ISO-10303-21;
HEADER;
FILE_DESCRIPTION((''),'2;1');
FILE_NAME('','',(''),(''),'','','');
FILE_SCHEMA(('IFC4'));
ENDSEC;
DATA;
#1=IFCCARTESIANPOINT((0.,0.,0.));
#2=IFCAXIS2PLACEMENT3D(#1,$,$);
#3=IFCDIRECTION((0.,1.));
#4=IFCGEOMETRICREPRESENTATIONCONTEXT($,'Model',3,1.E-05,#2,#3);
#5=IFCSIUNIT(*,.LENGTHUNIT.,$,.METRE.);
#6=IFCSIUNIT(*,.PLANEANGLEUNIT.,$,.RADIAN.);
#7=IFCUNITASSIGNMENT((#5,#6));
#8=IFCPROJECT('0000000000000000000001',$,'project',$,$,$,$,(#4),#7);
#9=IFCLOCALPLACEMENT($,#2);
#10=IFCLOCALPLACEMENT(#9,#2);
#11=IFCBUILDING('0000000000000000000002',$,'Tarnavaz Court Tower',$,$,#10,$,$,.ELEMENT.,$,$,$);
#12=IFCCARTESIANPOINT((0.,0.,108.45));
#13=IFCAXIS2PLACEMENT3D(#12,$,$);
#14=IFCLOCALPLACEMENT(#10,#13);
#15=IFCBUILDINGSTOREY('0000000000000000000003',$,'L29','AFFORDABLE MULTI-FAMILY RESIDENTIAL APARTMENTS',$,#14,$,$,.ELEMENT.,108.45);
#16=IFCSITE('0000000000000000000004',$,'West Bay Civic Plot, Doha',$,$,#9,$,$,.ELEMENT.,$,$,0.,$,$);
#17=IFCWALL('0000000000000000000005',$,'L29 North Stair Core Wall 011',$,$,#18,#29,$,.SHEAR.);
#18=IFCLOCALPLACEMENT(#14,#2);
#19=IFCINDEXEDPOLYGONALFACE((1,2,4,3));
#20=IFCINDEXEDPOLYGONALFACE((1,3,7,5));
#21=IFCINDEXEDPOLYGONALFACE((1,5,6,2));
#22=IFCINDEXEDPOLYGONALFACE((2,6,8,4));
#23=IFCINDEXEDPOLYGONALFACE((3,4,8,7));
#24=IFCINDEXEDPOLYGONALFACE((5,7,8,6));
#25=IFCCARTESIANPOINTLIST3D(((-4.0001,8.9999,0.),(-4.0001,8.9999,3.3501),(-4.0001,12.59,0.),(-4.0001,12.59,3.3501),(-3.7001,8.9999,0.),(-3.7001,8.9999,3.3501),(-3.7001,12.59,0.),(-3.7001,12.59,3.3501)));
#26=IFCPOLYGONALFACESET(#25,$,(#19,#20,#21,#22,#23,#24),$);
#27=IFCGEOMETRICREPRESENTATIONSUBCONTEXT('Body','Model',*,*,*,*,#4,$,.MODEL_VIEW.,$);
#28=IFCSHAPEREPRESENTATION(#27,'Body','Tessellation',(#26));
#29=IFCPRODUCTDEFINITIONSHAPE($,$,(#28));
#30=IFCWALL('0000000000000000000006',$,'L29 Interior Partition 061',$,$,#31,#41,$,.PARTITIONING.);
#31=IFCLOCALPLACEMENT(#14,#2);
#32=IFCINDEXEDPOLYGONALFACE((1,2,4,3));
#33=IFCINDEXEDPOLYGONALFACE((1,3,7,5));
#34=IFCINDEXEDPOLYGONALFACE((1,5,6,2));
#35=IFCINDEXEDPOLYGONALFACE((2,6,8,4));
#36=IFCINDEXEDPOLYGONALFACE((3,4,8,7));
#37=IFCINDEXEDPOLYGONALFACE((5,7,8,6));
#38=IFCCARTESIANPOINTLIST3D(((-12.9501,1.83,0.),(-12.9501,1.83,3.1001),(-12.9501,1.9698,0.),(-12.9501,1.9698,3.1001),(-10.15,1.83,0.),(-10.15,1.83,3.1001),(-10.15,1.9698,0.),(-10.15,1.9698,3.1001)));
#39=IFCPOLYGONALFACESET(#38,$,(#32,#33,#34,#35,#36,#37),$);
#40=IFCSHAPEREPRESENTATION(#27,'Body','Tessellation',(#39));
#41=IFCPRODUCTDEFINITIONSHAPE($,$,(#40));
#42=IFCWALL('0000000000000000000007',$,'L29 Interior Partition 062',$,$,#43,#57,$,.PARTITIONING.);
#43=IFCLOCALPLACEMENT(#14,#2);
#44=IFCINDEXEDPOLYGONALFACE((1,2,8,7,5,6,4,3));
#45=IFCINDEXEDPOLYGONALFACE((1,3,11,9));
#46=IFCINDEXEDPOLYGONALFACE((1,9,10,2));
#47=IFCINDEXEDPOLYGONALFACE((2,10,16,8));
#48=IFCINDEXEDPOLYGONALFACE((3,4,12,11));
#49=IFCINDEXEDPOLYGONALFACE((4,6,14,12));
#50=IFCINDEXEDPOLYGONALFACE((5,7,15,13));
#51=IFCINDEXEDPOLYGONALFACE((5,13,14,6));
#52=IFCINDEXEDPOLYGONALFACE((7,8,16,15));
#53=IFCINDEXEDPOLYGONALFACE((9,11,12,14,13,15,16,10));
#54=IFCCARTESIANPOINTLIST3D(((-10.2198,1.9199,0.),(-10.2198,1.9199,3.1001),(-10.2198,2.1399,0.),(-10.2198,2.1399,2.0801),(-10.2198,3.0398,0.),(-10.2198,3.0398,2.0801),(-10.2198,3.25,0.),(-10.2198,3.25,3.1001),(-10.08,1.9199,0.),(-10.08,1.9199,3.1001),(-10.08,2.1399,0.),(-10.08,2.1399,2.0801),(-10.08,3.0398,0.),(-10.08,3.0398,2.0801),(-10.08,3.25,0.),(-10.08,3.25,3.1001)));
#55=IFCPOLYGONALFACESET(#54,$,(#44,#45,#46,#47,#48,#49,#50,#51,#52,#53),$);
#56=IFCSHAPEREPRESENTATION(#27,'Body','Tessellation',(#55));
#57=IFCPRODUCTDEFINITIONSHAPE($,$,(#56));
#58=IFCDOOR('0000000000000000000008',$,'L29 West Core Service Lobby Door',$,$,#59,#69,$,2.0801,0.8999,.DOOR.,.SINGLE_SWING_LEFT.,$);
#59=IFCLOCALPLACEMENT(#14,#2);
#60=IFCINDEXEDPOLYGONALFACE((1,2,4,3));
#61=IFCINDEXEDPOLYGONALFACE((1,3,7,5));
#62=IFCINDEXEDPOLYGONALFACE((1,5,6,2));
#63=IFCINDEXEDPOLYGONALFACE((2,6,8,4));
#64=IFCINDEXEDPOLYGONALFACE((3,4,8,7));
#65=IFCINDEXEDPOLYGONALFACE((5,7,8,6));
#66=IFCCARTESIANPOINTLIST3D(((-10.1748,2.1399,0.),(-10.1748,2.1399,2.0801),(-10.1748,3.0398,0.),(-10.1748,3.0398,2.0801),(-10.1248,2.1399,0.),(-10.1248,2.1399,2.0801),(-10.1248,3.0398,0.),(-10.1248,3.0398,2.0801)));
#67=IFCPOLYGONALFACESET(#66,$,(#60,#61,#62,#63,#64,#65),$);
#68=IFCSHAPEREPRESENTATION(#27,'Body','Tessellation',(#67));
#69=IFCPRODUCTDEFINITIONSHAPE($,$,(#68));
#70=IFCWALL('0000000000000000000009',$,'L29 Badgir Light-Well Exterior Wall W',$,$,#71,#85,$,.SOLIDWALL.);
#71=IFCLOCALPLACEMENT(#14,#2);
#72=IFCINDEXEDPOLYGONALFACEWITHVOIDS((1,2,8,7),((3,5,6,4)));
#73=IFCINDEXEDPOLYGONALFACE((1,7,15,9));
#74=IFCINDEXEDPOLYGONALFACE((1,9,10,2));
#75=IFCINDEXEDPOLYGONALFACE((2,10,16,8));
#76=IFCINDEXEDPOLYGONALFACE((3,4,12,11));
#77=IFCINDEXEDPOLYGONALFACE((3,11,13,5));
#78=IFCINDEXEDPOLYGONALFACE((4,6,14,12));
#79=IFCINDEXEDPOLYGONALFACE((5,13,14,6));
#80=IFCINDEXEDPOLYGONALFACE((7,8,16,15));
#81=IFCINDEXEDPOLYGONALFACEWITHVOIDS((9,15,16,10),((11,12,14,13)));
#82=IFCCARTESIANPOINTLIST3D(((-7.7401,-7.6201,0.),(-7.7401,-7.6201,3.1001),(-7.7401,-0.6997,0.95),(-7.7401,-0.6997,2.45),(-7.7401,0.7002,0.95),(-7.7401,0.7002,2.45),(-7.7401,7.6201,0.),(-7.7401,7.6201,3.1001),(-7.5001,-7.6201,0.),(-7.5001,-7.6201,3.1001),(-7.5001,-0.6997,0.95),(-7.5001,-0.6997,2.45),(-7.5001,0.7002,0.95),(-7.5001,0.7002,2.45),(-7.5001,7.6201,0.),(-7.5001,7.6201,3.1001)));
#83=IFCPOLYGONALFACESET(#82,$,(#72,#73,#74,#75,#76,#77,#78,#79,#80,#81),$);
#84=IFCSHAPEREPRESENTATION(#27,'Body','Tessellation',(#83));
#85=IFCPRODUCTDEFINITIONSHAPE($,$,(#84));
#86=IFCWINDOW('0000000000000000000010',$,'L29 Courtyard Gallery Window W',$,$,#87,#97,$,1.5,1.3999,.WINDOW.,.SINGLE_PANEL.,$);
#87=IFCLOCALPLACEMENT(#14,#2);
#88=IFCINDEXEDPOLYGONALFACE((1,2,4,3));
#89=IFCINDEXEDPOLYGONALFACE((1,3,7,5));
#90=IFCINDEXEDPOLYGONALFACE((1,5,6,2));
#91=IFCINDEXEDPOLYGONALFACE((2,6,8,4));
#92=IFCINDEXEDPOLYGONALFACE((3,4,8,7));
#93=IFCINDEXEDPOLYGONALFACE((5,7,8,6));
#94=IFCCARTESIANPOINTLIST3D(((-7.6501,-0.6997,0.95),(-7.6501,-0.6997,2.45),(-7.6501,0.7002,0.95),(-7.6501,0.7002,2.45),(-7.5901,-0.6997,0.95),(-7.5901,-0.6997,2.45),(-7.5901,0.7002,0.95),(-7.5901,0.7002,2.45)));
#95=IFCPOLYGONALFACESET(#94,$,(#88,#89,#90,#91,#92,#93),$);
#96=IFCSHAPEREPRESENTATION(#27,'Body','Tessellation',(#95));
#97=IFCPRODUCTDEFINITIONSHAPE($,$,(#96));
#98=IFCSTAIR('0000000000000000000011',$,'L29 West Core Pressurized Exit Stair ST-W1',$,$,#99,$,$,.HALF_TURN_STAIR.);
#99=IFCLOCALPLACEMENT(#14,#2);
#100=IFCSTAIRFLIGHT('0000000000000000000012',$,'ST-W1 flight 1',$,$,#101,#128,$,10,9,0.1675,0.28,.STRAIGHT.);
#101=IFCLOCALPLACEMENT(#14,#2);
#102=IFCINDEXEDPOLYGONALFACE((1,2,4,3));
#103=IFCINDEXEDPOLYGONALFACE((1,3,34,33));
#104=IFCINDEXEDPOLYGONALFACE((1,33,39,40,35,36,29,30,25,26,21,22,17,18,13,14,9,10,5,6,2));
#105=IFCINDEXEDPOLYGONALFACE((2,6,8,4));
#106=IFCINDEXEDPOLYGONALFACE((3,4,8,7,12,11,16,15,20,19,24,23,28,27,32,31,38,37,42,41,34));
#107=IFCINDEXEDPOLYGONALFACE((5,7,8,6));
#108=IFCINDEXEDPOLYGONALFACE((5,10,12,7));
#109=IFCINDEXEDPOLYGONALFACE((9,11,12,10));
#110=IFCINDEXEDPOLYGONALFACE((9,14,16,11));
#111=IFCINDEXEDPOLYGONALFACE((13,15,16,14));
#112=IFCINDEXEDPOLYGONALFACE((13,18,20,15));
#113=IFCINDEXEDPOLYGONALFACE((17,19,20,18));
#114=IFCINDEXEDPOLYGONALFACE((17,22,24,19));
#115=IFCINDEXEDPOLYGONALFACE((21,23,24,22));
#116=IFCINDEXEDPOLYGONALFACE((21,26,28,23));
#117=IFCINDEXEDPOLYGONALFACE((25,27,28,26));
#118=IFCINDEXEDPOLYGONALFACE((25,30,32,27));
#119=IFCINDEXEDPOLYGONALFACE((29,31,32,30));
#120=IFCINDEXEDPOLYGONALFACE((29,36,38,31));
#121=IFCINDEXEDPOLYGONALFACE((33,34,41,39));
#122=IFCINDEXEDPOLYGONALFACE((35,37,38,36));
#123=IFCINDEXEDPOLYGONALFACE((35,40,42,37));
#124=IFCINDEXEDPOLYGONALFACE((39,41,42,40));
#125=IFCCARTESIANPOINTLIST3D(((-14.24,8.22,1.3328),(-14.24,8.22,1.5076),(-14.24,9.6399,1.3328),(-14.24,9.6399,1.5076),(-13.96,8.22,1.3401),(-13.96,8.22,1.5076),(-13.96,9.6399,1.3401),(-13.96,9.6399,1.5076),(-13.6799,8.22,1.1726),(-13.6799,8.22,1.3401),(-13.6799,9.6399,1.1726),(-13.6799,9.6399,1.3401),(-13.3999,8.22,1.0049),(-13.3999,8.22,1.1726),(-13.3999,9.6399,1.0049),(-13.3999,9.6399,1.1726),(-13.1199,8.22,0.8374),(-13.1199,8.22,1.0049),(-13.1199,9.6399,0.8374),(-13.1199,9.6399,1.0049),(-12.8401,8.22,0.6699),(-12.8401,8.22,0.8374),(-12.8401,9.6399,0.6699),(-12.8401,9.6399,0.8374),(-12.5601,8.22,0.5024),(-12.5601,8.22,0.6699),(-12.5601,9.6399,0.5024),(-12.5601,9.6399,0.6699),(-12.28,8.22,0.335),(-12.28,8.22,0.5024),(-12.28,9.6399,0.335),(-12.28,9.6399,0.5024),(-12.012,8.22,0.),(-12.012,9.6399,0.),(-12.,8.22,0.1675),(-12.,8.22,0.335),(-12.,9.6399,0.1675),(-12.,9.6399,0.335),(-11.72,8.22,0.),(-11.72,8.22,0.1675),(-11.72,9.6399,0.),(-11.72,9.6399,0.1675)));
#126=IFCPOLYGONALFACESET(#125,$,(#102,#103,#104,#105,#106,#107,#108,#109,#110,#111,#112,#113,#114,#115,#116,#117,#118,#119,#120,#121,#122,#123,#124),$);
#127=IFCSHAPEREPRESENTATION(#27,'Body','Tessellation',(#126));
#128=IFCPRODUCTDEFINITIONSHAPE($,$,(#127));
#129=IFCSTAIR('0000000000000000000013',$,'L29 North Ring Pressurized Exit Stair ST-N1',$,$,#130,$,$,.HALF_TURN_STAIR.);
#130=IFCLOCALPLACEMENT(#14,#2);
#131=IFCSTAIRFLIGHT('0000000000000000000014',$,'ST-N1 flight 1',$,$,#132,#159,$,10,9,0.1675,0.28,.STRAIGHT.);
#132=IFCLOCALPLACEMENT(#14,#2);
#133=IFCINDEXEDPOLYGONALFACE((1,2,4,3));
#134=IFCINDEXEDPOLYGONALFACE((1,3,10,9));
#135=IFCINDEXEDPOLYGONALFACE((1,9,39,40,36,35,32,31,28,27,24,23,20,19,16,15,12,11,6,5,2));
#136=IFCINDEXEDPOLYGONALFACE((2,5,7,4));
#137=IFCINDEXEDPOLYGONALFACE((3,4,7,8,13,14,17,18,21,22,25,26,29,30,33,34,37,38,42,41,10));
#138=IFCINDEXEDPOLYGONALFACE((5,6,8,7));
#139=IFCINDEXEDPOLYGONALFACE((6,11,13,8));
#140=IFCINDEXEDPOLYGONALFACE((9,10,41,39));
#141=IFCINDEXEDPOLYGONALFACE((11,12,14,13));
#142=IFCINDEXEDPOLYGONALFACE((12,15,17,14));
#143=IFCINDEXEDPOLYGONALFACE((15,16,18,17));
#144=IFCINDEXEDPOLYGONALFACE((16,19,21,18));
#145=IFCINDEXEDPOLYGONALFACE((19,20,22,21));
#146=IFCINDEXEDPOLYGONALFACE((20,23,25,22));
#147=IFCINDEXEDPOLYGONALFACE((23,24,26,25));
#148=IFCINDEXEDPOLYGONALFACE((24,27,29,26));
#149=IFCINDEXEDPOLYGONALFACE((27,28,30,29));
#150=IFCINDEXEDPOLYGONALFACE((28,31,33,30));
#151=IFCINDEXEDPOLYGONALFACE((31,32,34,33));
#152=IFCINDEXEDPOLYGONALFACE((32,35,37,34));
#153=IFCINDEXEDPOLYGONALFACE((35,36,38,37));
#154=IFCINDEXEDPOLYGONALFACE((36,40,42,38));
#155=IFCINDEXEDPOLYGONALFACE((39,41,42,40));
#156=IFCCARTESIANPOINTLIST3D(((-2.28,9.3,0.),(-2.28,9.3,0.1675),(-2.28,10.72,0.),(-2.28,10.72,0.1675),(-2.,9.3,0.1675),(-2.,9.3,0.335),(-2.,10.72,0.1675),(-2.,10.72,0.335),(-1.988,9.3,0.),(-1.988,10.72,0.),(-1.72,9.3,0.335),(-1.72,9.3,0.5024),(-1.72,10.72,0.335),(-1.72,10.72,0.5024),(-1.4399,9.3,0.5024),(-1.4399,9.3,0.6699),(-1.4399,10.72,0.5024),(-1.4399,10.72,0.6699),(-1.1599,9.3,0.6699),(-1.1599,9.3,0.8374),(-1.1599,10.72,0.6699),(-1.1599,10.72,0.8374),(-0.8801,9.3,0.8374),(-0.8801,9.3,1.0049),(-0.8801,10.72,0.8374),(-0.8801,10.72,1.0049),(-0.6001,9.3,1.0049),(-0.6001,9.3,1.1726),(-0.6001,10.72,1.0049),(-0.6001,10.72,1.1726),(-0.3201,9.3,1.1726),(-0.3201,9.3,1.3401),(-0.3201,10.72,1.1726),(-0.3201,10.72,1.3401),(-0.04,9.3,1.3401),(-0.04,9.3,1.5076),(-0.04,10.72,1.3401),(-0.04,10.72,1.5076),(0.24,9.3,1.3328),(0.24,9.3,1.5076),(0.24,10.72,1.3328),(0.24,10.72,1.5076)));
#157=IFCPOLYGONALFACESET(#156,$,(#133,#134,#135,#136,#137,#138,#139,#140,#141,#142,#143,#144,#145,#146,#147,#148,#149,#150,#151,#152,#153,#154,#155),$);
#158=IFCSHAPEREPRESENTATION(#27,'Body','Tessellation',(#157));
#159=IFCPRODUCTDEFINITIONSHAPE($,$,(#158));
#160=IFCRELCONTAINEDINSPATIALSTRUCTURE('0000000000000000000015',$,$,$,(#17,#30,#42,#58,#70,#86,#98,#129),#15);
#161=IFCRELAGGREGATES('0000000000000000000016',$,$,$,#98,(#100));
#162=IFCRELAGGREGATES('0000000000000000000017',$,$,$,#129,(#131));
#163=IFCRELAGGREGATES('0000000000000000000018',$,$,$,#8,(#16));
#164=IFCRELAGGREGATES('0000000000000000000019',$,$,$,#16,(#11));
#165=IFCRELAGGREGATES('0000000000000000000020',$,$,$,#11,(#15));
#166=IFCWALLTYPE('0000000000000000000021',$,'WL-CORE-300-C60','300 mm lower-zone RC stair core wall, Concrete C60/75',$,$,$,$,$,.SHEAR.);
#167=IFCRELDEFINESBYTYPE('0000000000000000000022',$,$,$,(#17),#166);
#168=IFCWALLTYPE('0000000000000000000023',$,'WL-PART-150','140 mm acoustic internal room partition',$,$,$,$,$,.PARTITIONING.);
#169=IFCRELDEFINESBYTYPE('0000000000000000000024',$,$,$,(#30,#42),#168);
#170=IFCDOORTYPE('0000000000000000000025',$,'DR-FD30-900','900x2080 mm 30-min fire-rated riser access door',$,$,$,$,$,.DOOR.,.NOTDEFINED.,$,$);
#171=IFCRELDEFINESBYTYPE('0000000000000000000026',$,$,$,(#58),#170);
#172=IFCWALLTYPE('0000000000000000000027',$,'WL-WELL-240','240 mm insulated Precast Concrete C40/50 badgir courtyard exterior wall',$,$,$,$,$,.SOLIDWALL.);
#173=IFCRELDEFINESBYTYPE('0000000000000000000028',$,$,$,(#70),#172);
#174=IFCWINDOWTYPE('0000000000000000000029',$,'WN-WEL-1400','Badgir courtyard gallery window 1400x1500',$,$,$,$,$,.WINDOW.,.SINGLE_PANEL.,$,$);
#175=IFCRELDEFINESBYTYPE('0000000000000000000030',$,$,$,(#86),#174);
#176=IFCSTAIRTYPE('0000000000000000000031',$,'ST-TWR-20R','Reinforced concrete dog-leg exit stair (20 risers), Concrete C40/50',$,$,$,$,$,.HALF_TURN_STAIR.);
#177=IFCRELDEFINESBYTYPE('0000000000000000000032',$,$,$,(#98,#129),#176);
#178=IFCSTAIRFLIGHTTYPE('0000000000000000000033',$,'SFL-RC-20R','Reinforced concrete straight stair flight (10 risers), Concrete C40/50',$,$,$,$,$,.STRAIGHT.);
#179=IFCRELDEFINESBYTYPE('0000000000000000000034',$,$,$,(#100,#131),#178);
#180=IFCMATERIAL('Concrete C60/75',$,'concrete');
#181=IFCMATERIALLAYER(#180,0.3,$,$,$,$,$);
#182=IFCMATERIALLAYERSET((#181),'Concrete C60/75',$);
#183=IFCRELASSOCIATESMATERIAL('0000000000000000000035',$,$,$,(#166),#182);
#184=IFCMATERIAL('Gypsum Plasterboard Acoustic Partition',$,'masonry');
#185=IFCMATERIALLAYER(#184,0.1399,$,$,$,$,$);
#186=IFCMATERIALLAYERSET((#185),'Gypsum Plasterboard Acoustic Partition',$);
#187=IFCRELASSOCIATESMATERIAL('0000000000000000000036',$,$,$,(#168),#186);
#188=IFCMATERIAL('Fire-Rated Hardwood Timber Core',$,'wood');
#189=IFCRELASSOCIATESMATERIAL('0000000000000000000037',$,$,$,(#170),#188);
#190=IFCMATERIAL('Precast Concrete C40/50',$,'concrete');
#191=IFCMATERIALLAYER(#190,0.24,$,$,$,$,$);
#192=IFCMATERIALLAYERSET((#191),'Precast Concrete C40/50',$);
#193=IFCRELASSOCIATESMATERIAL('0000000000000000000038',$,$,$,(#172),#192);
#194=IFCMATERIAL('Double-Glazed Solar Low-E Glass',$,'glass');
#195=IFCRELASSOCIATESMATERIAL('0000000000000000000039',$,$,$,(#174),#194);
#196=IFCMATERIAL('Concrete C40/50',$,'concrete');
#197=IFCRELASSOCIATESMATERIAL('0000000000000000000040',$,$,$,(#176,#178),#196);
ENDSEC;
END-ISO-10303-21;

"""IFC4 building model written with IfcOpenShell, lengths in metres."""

from ifc_helpers import new_model, si_unit, direction, frame, frame_2d, origin, place, context, subcontext, project, spatial, polyline, rectangle, outline, extrude, material, layer, layer_set, type_object, element, fill, aggregate, save


model = new_model("IFC4")

# Units and contexts
model_context = context("Model", 3, precision=1e-05, world=origin(), true_north=direction((0.0, 1.0)))
body_context = subcontext(model_context, "Body", "Model", "MODEL_VIEW")
ifc_project = project(units=[si_unit("LENGTHUNIT", "METRE"), si_unit("PLANEANGLEUNIT", "RADIAN")], contexts=[model_context])

# Site, building, storey
site_placement = place(None, origin())
site = spatial("IfcSite", under=ifc_project, at=site_placement, Name="West Bay Civic Plot, Doha", CompositionType="ELEMENT", RefElevation=0.0)
building_placement = place(site_placement, origin())
building = spatial("IfcBuilding", under=site, at=building_placement, Name="Tarnavaz Court Tower", CompositionType="ELEMENT")
storey_placement = place(building_placement, frame((0.0, 0.0, 108.45)))
storey = spatial("IfcBuildingStorey", under=building, at=storey_placement, Name="L29", Description="AFFORDABLE MULTI-FAMILY RESIDENTIAL APARTMENTS", CompositionType="ELEMENT", Elevation=108.45)

# Shared definitions
ifc_material_1 = material(Name="Concrete C60/75", Category="concrete")

# Shared definitions
ifc_layer_1 = layer(ifc_material_1, 0.3)
ifc_layer_set_1 = layer_set([ifc_layer_1], Name="Concrete C60/75")
wall_type_1 = type_object("IfcWallType", Name="WL-CORE-300-C60", Description="300 mm lower-zone RC stair core wall, Concrete C60/75", PredefinedType="SHEAR", material=ifc_layer_set_1)

# Shared definitions
ifc_material_2 = material(Name="Fire-Rated Hardwood Timber Core", Category="wood")

# Wall
wall_1_placement = place(storey_placement, frame((-3.8501, 9.0, 0.0), z_axis=(0.0, 0.0, 1.0), x_axis=(0.0, 1.0, 0.0)))
element("IfcWall", 1, at=wall_1_placement, inside=storey, type_object=wall_type_1, Name="L29 North Stair Core Wall 011", PredefinedType="SHEAR", context=body_context, shape_type="SweptSolid", body=[
    extrude(rectangle(XDim=3.5901, YDim=0.3, at=frame_2d((1.7949, 0.0))), origin(), (0.0, 0.0, 1.0), 3.3501),
])

# Wall
ifc_material_3 = material(Name="Gypsum Plasterboard Acoustic Partition", Category="masonry")
ifc_layer_2 = layer(ifc_material_3, 0.1399)
ifc_layer_set_2 = layer_set([ifc_layer_2], Name="Gypsum Plasterboard Acoustic Partition")
wall_type_2 = type_object("IfcWallType", Name="WL-PART-150", Description="140 mm acoustic internal room partition", PredefinedType="PARTITIONING", material=ifc_layer_set_2)
wall_2_placement = place(storey_placement, frame((-12.95, 1.8999, 0.0), z_axis=(0.0, 0.0, 1.0), x_axis=(1.0, 0.0, 0.0)))
element("IfcWall", 2, at=wall_2_placement, inside=storey, type_object=wall_type_2, Name="L29 Interior Partition 061", PredefinedType="PARTITIONING", context=body_context, shape_type="SweptSolid", body=[
    extrude(rectangle(XDim=2.8, YDim=0.1399, at=frame_2d((1.3999, 0.0))), origin(), (0.0, 0.0, 1.0), 3.1001),
])

# Wall, opening, door
wall_3_placement = place(storey_placement, frame((-10.1499, 1.9199, 0.0), z_axis=(0.0, 0.0, 1.0), x_axis=(0.0, 1.0, 0.0)))
wall_3 = element("IfcWall", 3, at=wall_3_placement, inside=storey, type_object=wall_type_2, Name="L29 Interior Partition 062", PredefinedType="PARTITIONING", context=body_context, shape_type="SweptSolid", body=[
    extrude(rectangle(XDim=1.3301, YDim=0.1399, at=frame_2d((0.665, 0.0))), origin(), (0.0, 0.0, 1.0), 3.1001),
])
opening_1_placement = place(wall_3_placement, frame((0.22, 0.0, 0.0)))
opening_1 = element("IfcOpeningElement", 4, at=opening_1_placement, cuts=wall_3, PredefinedType="OPENING", context=body_context, shape_type="SweptSolid", body=[
    extrude(rectangle(XDim=0.8999, YDim=2.0801, at=frame_2d((0.45, 1.04))), frame((0.0, 0.0798, 0.0), z_axis=(0.0, -1.0, 0.0), x_axis=(1.0, 0.0, 0.0)), (0.0, 0.0, 1.0), 0.1599),
])
door_type_1 = type_object("IfcDoorType", Name="DR-FD30-900", Description="900x2080 mm 30-min fire-rated riser access door", OperationType="NOTDEFINED", PredefinedType="DOOR", material=ifc_material_2)
door_1_placement = place(opening_1_placement, origin())
door_1 = element("IfcDoor", 5, at=door_1_placement, inside=storey, type_object=door_type_1, Name="L29 West Core Service Lobby Door", OperationType="SINGLE_SWING_LEFT", OverallHeight=2.0801, OverallWidth=0.8999, PredefinedType="DOOR", context=body_context, shape_type="SweptSolid", body=[
    extrude(rectangle(XDim=0.8999, YDim=2.0801, at=frame_2d((0.45, 1.04))), frame((0.0, 0.0249, 0.0), z_axis=(0.0, -1.0, 0.0), x_axis=(1.0, 0.0, 0.0)), (0.0, 0.0, 1.0), 0.05),
])
fill(opening_1, door_1)

# Wall, opening, window
ifc_material_4 = material(Name="Precast Concrete C40/50", Category="concrete")
ifc_layer_3 = layer(ifc_material_4, 0.24)
ifc_layer_set_3 = layer_set([ifc_layer_3], Name="Precast Concrete C40/50")
wall_type_3 = type_object("IfcWallType", Name="WL-WELL-240", Description="240 mm insulated Precast Concrete C40/50 badgir courtyard exterior wall", PredefinedType="SOLIDWALL", material=ifc_layer_set_3)
wall_4_placement = place(storey_placement, frame((-7.6201, 7.6201, 0.0), z_axis=(0.0, 0.0, 1.0), x_axis=(0.0, -1.0, 0.0)))
wall_4 = element("IfcWall", 6, at=wall_4_placement, inside=storey, type_object=wall_type_3, Name="L29 Badgir Light-Well Exterior Wall W", PredefinedType="SOLIDWALL", context=body_context, shape_type="SweptSolid", body=[
    extrude(rectangle(XDim=15.2402, YDim=0.24, at=frame_2d((7.6201, 0.0))), origin(), (0.0, 0.0, 1.0), 3.1001),
])
opening_2_placement = place(wall_4_placement, frame((6.9199, 0.0, 0.95)))
opening_2 = element("IfcOpeningElement", 7, at=opening_2_placement, cuts=wall_4, PredefinedType="OPENING", context=body_context, shape_type="SweptSolid", body=[
    extrude(rectangle(XDim=1.3999, YDim=1.5, at=frame_2d((0.7, 0.75))), frame((0.0, 0.1299, 0.0), z_axis=(0.0, -1.0, 0.0), x_axis=(1.0, 0.0, 0.0)), (0.0, 0.0, 1.0), 0.26),
])
ifc_material_5 = material(Name="Double-Glazed Solar Low-E Glass", Category="glass")
window_type = type_object("IfcWindowType", Name="WN-WEL-1400", Description="Badgir courtyard gallery window 1400x1500", PartitioningType="SINGLE_PANEL", PredefinedType="WINDOW", material=ifc_material_5)
window_placement = place(opening_2_placement, origin())
window = element("IfcWindow", 8, at=window_placement, inside=storey, type_object=window_type, Name="L29 Courtyard Gallery Window W", OverallHeight=1.5, OverallWidth=1.3999, PartitioningType="SINGLE_PANEL", PredefinedType="WINDOW", context=body_context, shape_type="SweptSolid", body=[
    extrude(rectangle(XDim=1.3999, YDim=1.5, at=frame_2d((0.7, 0.75))), frame((0.0, 0.03, 0.0), z_axis=(0.0, -1.0, 0.0), x_axis=(1.0, 0.0, 0.0)), (0.0, 0.0, 1.0), 0.0601),
])
fill(opening_2, window)

# Stairs, stair flights
ifc_material_6 = material(Name="Concrete C40/50", Category="concrete")
stair_type = type_object("IfcStairType", Name="ST-TWR-20R", Description="Reinforced concrete dog-leg exit stair (20 risers), Concrete C40/50", PredefinedType="HALF_TURN_STAIR", material=ifc_material_6)
stair_1_placement = place(storey_placement, origin())
stair_1 = element("IfcStair", 9, at=stair_1_placement, inside=storey, type_object=stair_type, Name="L29 West Core Pressurized Exit Stair ST-W1", PredefinedType="HALF_TURN_STAIR")
stair_flight_type = type_object("IfcStairFlightType", Name="SFL-RC-20R", Description="Reinforced concrete straight stair flight (10 risers), Concrete C40/50", PredefinedType="STRAIGHT", material=ifc_material_6)
stair_flight_1_placement = place(storey_placement, frame((-11.72, 8.9299, 0.0), z_axis=(0.0, 0.0, 1.0), x_axis=(-1.0, 0.0, 0.0)))
stair_flight_1 = element("IfcStairFlight", 10, at=stair_flight_1_placement, type_object=stair_flight_type, Name="ST-W1 flight 1", NumberOfRisers=10, NumberOfTreads=9, PredefinedType="STRAIGHT", RiserHeight=0.1675, TreadLength=0.28, context=body_context, shape_type="SweptSolid", body=[
    extrude(outline(polyline([(0.0, 0.0), (0.0, 0.1675), (0.28, 0.1675), (0.28, 0.335), (0.5601, 0.335), (0.5601, 0.5024), (0.8401, 0.5024), (0.8401, 0.6699), (1.1201, 0.6699), (1.1201, 0.8374), (1.3999, 0.8374), (1.3999, 1.0049), (1.6799, 1.0049), (1.6799, 1.1726), (1.96, 1.1726), (1.96, 1.3401), (2.24, 1.3401), (2.24, 1.5076), (2.52, 1.5076), (2.52, 1.675), (2.52, 1.3328), (0.292, 0.0), (0.0, 0.0)])), frame((0.0, 0.71, 0.0), z_axis=(0.0, -1.0, 0.0), x_axis=(1.0, 0.0, 0.0)), (0.0, 0.0, 1.0), 1.4199),
])
aggregate(stair_1, [stair_flight_1])
stair_2_placement = place(storey_placement, origin())
stair_2 = element("IfcStair", 11, at=stair_2_placement, inside=storey, type_object=stair_type, Name="L29 North Ring Pressurized Exit Stair ST-N1", PredefinedType="HALF_TURN_STAIR")
stair_flight_2_placement = place(storey_placement, frame((-2.28, 10.01, 0.0), z_axis=(0.0, 0.0, 1.0), x_axis=(1.0, 0.0, 0.0)))
stair_flight_2 = element("IfcStairFlight", 12, at=stair_flight_2_placement, type_object=stair_flight_type, Name="ST-N1 flight 1", NumberOfRisers=10, NumberOfTreads=9, PredefinedType="STRAIGHT", RiserHeight=0.1675, TreadLength=0.28, context=body_context, shape_type="SweptSolid", body=[
    extrude(outline(polyline([(0.0, 0.0), (0.0, 0.1675), (0.28, 0.1675), (0.28, 0.335), (0.5601, 0.335), (0.5601, 0.5024), (0.8401, 0.5024), (0.8401, 0.6699), (1.1201, 0.6699), (1.1201, 0.8374), (1.3999, 0.8374), (1.3999, 1.0049), (1.6799, 1.0049), (1.6799, 1.1726), (1.96, 1.1726), (1.96, 1.3401), (2.24, 1.3401), (2.24, 1.5076), (2.52, 1.5076), (2.52, 1.675), (2.52, 1.3328), (0.292, 0.0), (0.0, 0.0)])), frame((0.0, 0.71, 0.0), z_axis=(0.0, -1.0, 0.0), x_axis=(1.0, 0.0, 0.0)), (0.0, 0.0, 1.0), 1.4199),
])
aggregate(stair_2, [stair_flight_2])

save(model, "model.ifc")
